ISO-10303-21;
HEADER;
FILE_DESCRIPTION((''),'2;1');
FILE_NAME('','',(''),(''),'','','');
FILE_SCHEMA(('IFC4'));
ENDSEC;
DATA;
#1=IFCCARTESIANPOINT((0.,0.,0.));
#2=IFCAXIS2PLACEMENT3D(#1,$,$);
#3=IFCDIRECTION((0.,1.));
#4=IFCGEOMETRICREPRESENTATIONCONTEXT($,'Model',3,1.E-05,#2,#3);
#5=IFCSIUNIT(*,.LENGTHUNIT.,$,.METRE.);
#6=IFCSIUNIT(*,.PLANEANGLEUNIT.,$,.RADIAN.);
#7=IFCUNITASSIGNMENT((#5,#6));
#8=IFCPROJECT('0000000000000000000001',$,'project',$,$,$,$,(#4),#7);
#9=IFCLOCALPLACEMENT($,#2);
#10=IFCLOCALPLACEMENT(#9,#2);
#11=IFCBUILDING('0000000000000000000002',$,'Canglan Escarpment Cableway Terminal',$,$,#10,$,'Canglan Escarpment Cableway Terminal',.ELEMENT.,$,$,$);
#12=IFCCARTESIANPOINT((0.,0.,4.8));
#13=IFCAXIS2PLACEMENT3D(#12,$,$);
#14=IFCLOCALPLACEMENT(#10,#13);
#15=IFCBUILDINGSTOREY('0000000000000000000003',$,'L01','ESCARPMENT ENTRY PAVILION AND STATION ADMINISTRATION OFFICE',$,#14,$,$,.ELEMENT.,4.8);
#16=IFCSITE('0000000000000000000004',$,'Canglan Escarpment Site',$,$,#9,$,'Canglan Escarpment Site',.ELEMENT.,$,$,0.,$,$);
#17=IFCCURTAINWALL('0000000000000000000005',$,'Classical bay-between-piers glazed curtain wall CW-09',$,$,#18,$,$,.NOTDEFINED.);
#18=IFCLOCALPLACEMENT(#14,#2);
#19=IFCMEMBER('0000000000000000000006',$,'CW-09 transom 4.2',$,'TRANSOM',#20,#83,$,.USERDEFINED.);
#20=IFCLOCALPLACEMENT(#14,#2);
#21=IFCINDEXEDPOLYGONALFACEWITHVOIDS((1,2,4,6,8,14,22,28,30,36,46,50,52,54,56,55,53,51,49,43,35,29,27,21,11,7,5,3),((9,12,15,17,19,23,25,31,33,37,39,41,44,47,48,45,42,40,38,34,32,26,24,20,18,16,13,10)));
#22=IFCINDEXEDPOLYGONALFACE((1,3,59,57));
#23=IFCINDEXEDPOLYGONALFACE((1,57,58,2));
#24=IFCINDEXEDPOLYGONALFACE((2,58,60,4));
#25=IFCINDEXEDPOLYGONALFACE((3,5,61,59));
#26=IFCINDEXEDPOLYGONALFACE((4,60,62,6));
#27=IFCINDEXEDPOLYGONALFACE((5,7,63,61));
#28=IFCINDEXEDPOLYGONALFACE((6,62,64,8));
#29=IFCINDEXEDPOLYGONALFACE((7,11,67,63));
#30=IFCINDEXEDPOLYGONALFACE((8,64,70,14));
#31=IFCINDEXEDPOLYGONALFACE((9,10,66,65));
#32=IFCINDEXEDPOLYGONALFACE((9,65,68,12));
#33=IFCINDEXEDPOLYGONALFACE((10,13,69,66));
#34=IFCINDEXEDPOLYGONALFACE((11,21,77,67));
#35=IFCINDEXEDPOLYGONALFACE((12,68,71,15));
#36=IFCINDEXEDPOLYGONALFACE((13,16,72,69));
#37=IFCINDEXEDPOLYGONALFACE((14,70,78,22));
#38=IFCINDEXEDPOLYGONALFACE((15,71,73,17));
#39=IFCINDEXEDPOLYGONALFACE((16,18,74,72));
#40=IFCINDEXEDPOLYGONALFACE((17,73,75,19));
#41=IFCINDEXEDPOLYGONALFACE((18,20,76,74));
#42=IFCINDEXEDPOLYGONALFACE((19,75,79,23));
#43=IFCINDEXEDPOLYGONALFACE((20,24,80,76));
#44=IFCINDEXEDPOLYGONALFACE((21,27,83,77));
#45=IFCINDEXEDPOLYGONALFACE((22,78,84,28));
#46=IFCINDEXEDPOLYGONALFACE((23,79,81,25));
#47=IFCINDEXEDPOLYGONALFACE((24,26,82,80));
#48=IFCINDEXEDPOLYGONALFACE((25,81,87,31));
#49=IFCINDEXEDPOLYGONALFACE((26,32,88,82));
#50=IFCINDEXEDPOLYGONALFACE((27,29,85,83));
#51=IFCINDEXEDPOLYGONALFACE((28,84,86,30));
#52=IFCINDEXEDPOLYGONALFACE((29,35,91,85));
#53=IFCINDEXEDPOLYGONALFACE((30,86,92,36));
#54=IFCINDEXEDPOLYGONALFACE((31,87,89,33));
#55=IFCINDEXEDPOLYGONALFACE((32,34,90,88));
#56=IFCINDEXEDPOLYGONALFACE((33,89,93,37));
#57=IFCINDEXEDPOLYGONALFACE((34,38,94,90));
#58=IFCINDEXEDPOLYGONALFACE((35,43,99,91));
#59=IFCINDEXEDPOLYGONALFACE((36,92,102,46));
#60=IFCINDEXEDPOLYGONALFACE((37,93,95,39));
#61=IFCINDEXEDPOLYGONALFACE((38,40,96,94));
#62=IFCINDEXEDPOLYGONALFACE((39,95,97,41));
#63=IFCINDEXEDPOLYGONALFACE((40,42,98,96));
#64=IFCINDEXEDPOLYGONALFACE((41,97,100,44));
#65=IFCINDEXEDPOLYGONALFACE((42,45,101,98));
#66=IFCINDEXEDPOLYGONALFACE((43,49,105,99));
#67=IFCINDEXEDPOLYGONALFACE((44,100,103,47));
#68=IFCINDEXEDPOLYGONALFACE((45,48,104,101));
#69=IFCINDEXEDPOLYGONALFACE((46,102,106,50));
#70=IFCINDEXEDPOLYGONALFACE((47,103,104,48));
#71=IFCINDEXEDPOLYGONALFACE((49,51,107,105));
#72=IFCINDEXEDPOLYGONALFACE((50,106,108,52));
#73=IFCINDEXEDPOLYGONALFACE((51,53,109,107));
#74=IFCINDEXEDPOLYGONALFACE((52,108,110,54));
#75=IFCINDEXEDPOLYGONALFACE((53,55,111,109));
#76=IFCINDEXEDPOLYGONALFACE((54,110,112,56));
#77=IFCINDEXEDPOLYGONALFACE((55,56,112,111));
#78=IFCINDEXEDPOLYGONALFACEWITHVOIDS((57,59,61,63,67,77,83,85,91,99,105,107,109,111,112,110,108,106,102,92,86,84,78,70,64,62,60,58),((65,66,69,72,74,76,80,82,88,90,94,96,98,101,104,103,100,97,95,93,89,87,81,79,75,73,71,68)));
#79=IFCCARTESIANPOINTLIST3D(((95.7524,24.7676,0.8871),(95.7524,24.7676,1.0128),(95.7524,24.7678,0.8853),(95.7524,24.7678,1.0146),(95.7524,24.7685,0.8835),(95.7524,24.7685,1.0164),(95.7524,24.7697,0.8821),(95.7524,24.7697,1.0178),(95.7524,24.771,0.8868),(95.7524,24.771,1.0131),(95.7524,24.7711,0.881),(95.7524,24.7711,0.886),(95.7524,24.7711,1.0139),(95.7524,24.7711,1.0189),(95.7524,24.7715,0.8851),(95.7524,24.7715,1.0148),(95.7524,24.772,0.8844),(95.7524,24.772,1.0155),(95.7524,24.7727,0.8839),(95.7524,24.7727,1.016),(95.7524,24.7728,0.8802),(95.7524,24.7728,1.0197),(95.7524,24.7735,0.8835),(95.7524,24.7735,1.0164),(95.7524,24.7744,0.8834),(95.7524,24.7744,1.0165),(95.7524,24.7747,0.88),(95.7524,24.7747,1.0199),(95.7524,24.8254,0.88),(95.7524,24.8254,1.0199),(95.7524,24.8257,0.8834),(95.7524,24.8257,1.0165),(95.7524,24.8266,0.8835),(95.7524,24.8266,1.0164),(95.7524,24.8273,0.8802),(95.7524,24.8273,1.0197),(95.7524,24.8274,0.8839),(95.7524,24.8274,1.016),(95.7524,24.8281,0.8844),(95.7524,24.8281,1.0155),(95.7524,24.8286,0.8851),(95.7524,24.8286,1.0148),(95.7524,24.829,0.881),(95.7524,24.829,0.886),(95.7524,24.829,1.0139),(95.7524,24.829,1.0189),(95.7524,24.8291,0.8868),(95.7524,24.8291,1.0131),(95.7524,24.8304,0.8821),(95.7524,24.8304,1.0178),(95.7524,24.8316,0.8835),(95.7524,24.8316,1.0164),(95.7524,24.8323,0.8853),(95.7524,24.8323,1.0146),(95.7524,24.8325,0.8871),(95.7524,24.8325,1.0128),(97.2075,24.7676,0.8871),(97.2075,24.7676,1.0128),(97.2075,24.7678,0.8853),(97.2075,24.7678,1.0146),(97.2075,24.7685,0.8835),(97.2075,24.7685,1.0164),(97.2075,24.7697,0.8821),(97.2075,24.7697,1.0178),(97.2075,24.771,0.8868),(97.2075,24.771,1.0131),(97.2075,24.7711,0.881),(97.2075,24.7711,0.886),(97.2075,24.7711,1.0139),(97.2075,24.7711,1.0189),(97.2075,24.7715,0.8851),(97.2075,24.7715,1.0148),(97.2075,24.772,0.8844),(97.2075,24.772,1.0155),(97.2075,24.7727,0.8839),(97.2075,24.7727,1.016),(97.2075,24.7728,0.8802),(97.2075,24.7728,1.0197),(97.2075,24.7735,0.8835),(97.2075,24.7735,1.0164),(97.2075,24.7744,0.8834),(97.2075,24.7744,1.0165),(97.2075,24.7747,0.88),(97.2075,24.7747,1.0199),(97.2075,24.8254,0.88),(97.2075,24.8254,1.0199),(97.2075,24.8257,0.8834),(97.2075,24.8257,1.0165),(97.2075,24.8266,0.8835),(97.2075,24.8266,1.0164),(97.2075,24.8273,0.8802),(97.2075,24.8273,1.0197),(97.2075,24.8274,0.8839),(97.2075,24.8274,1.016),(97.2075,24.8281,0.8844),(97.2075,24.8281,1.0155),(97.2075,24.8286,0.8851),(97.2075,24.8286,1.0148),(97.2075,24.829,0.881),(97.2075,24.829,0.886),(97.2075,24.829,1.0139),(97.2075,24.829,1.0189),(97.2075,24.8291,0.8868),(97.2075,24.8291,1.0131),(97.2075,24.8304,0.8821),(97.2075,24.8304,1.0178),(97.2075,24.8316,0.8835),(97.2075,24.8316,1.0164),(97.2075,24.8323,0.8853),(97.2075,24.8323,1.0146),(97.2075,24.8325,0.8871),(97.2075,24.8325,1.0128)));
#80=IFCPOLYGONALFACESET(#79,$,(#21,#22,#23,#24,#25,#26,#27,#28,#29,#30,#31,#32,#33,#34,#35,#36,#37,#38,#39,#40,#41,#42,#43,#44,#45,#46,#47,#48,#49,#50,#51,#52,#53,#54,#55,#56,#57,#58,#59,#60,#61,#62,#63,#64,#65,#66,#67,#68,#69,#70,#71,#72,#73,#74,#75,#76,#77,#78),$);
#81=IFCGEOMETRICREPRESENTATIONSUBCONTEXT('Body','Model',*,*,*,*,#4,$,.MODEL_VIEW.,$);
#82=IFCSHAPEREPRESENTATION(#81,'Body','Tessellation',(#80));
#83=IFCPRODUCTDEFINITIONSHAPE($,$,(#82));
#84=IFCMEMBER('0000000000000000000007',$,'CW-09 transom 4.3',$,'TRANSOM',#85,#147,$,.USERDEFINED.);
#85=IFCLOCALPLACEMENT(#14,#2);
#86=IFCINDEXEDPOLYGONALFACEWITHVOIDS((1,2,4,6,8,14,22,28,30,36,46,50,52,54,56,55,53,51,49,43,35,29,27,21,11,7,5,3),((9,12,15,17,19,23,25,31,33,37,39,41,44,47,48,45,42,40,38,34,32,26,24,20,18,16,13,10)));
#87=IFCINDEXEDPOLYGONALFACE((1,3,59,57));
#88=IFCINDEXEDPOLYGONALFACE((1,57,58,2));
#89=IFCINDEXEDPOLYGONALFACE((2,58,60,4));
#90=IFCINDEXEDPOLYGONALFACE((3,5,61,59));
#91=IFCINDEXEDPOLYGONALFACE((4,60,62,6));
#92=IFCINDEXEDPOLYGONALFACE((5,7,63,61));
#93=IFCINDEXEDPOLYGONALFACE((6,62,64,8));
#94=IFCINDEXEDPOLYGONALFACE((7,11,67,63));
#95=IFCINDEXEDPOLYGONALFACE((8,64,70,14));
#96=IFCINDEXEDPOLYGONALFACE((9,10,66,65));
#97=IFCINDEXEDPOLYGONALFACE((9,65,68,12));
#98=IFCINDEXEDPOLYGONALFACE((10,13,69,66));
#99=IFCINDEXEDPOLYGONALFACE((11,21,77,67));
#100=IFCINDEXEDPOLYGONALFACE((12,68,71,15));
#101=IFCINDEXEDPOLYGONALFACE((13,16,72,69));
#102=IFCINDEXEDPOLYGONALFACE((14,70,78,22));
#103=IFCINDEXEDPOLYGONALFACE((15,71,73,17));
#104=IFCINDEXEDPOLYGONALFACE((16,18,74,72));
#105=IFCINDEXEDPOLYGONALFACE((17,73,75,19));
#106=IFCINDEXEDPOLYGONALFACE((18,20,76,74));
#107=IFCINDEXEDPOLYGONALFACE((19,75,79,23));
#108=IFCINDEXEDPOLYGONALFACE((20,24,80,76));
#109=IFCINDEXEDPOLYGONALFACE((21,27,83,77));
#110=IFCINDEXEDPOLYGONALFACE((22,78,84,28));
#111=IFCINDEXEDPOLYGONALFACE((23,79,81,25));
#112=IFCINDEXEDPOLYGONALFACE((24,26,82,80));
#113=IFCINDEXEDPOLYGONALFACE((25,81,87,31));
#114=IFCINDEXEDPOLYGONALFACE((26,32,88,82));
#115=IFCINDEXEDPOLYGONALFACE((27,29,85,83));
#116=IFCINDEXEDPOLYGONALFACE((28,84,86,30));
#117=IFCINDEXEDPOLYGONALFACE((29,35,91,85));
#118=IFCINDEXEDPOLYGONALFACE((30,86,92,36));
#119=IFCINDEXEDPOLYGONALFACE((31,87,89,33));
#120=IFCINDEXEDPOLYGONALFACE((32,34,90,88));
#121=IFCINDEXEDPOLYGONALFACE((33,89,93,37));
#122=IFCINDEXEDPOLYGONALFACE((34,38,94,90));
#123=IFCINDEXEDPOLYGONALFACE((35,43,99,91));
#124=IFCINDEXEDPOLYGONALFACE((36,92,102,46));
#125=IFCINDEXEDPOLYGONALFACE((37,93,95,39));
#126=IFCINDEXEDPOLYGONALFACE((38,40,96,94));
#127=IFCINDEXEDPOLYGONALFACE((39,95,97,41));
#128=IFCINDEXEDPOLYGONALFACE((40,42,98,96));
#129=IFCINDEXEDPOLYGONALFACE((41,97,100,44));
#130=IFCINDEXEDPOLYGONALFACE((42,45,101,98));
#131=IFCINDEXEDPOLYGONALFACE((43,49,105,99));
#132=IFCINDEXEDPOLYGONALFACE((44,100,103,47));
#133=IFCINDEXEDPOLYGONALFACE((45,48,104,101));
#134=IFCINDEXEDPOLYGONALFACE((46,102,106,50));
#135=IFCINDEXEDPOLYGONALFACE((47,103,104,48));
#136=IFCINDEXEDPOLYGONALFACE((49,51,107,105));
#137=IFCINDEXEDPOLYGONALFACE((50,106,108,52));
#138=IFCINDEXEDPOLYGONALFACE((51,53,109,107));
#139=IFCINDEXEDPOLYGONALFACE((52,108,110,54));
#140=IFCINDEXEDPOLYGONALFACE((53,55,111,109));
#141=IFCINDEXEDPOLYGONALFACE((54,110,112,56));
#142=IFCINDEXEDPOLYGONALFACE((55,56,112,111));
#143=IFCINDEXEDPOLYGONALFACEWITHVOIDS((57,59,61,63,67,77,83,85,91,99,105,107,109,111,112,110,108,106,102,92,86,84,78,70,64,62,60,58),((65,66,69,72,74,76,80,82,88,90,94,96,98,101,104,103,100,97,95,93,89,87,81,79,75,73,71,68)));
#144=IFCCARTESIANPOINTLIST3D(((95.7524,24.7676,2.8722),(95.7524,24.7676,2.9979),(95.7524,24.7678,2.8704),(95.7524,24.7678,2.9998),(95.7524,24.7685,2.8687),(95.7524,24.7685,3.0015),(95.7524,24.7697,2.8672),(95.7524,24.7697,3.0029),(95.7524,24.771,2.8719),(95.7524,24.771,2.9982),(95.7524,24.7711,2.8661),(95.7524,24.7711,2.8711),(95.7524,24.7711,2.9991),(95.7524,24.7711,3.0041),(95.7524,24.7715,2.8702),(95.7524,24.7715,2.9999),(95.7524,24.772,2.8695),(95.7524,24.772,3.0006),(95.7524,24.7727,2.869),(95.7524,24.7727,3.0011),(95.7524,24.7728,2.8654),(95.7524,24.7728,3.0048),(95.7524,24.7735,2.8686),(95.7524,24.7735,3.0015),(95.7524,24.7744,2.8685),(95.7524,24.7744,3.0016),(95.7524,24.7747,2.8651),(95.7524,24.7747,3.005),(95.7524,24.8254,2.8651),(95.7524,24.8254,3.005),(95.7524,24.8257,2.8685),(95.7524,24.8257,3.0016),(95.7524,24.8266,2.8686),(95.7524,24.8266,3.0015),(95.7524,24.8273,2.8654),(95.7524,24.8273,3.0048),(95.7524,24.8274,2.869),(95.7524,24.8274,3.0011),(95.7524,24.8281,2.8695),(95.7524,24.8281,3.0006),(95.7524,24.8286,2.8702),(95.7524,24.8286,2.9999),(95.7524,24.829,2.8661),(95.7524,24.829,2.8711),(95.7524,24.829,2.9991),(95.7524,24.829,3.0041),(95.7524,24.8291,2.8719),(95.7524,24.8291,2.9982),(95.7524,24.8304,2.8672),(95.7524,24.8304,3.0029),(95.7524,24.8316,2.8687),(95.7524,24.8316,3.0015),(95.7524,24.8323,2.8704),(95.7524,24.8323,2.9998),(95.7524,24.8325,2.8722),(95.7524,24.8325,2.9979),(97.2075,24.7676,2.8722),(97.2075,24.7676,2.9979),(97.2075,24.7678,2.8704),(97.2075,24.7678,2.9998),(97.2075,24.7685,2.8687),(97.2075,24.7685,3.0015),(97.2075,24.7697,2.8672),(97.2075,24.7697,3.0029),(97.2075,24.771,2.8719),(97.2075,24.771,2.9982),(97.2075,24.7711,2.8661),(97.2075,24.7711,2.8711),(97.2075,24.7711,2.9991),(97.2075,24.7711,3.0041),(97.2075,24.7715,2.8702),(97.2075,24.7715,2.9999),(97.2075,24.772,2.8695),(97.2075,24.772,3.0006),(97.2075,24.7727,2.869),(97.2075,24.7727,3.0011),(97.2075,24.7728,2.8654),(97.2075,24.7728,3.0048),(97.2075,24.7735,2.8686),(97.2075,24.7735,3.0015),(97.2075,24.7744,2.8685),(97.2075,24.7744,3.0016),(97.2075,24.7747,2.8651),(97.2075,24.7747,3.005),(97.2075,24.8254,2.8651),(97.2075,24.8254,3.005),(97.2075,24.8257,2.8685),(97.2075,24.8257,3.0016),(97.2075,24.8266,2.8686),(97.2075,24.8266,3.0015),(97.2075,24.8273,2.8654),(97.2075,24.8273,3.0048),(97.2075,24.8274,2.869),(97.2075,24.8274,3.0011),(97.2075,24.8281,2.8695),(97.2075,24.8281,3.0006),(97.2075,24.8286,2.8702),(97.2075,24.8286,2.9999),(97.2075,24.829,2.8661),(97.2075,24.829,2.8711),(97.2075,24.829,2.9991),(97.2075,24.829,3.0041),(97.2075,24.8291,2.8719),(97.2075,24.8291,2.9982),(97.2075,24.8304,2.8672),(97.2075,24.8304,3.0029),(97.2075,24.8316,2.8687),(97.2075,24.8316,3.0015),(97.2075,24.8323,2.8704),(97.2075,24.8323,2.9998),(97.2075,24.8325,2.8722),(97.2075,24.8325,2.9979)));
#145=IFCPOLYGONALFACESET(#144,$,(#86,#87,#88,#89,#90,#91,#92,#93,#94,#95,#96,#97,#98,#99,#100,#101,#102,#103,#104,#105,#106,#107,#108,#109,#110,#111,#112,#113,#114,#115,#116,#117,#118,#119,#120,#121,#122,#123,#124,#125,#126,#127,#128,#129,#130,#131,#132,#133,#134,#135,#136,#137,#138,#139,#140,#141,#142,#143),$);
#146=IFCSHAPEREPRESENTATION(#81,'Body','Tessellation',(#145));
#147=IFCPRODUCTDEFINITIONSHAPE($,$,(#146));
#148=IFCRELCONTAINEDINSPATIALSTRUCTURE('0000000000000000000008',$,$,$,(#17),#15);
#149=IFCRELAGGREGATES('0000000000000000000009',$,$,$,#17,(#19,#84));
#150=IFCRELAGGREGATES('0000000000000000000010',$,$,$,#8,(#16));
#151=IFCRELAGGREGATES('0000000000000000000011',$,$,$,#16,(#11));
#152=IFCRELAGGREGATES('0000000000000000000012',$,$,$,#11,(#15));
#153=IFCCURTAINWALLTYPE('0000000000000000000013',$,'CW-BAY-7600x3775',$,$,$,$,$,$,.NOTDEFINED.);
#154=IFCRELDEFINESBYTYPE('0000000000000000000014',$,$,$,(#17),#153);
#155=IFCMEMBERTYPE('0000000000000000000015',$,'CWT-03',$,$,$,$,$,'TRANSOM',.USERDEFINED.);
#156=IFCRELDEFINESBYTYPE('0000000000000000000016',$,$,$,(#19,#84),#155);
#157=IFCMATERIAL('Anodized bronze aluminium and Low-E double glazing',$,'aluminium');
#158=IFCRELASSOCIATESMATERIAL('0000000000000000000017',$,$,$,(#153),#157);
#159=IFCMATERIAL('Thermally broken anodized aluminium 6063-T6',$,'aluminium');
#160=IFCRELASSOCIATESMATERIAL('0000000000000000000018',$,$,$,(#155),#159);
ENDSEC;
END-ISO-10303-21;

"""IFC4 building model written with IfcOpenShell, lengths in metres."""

from ifc_helpers import new_model, si_unit, direction, frame, origin, origin_2d, place, context, subcontext, project, spatial, hollow_rectangle, extrude, material, material_profile, profile_set, type_object, element, aggregate, save


model = new_model("IFC4")

# Units and contexts
model_context = context("Model", 3, precision=1e-05, world=origin(), true_north=direction((0.0, 1.0)))
body_context = subcontext(model_context, "Body", "Model", "MODEL_VIEW")
ifc_project = project(units=[si_unit("LENGTHUNIT", "METRE"), si_unit("PLANEANGLEUNIT", "RADIAN")], contexts=[model_context])

# Site, building, storey
site_placement = place(None, origin())
site = spatial("IfcSite", under=ifc_project, at=site_placement, Name="Canglan Escarpment Site", LongName="Canglan Escarpment Site", CompositionType="ELEMENT", RefElevation=0.0)
building_placement = place(site_placement, origin())
building = spatial("IfcBuilding", under=site, at=building_placement, Name="Canglan Escarpment Cableway Terminal", LongName="Canglan Escarpment Cableway Terminal", CompositionType="ELEMENT")
storey_placement = place(building_placement, frame((0.0, 0.0, 4.8)))
storey = spatial("IfcBuildingStorey", under=building, at=storey_placement, Name="L01", Description="ESCARPMENT ENTRY PAVILION AND STATION ADMINISTRATION OFFICE", CompositionType="ELEMENT", Elevation=4.8)

# Curtain wall, members
ifc_material_1 = material(Name="Anodized bronze aluminium and Low-E double glazing", Category="aluminium")
curtain_wall_type = type_object("IfcCurtainWallType", Name="CW-BAY-7600x3775", PredefinedType="NOTDEFINED", material=ifc_material_1)
curtain_wall_placement = place(storey_placement, origin())
curtain_wall = element("IfcCurtainWall", 1, at=curtain_wall_placement, inside=storey, type_object=curtain_wall_type, Name="Classical bay-between-piers glazed curtain wall CW-09", PredefinedType="NOTDEFINED")
ifc_material_2 = material(Name="Thermally broken anodized aluminium 6063-T6", Category="aluminium")
ifc_material_profile_1 = material_profile(ifc_material_2, hollow_rectangle(XDim=0.0649, YDim=0.1399, WallThickness=0.0034, InnerFilletRadius=0.0034, OuterFilletRadius=0.0071, at=origin_2d()), Name="ALU-TRAN 65x140x3.5")
ifc_profile_set_1 = profile_set([ifc_material_profile_1], Name="Thermally broken anodized aluminium 6063-T6")
member_type_1 = type_object("IfcMemberType", Name="CWT-03", ElementType="TRANSOM", PredefinedType="USERDEFINED", material=ifc_profile_set_1)
member_1_placement = place(storey_placement, frame((97.2075, 24.8, 0.95), z_axis=(-1.0, 0.0, 0.0), x_axis=(0.0, -1.0, 0.0)))
member_1 = element("IfcMember", 2, at=member_1_placement, type_object=member_type_1, Name="CW-09 transom 4.2", ObjectType="TRANSOM", PredefinedType="USERDEFINED", context=body_context, shape_type="SweptSolid", body=[
    extrude(hollow_rectangle(XDim=0.0649, YDim=0.1399, WallThickness=0.0034, InnerFilletRadius=0.0034, OuterFilletRadius=0.0071, at=origin_2d()), origin(), (0.0, 0.0, 1.0), 1.4551),
])
member_2_placement = place(storey_placement, frame((97.2075, 24.8, 2.9351), z_axis=(-1.0, 0.0, 0.0), x_axis=(0.0, -1.0, 0.0)))
member_2 = element("IfcMember", 3, at=member_2_placement, type_object=member_type_1, Name="CW-09 transom 4.3", ObjectType="TRANSOM", PredefinedType="USERDEFINED", context=body_context, shape_type="SweptSolid", body=[
    extrude(hollow_rectangle(XDim=0.0649, YDim=0.1399, WallThickness=0.0034, InnerFilletRadius=0.0034, OuterFilletRadius=0.0071, at=origin_2d()), origin(), (0.0, 0.0, 1.0), 1.4551),
])
aggregate(curtain_wall, [member_1, member_2])

save(model, "model.ifc")
